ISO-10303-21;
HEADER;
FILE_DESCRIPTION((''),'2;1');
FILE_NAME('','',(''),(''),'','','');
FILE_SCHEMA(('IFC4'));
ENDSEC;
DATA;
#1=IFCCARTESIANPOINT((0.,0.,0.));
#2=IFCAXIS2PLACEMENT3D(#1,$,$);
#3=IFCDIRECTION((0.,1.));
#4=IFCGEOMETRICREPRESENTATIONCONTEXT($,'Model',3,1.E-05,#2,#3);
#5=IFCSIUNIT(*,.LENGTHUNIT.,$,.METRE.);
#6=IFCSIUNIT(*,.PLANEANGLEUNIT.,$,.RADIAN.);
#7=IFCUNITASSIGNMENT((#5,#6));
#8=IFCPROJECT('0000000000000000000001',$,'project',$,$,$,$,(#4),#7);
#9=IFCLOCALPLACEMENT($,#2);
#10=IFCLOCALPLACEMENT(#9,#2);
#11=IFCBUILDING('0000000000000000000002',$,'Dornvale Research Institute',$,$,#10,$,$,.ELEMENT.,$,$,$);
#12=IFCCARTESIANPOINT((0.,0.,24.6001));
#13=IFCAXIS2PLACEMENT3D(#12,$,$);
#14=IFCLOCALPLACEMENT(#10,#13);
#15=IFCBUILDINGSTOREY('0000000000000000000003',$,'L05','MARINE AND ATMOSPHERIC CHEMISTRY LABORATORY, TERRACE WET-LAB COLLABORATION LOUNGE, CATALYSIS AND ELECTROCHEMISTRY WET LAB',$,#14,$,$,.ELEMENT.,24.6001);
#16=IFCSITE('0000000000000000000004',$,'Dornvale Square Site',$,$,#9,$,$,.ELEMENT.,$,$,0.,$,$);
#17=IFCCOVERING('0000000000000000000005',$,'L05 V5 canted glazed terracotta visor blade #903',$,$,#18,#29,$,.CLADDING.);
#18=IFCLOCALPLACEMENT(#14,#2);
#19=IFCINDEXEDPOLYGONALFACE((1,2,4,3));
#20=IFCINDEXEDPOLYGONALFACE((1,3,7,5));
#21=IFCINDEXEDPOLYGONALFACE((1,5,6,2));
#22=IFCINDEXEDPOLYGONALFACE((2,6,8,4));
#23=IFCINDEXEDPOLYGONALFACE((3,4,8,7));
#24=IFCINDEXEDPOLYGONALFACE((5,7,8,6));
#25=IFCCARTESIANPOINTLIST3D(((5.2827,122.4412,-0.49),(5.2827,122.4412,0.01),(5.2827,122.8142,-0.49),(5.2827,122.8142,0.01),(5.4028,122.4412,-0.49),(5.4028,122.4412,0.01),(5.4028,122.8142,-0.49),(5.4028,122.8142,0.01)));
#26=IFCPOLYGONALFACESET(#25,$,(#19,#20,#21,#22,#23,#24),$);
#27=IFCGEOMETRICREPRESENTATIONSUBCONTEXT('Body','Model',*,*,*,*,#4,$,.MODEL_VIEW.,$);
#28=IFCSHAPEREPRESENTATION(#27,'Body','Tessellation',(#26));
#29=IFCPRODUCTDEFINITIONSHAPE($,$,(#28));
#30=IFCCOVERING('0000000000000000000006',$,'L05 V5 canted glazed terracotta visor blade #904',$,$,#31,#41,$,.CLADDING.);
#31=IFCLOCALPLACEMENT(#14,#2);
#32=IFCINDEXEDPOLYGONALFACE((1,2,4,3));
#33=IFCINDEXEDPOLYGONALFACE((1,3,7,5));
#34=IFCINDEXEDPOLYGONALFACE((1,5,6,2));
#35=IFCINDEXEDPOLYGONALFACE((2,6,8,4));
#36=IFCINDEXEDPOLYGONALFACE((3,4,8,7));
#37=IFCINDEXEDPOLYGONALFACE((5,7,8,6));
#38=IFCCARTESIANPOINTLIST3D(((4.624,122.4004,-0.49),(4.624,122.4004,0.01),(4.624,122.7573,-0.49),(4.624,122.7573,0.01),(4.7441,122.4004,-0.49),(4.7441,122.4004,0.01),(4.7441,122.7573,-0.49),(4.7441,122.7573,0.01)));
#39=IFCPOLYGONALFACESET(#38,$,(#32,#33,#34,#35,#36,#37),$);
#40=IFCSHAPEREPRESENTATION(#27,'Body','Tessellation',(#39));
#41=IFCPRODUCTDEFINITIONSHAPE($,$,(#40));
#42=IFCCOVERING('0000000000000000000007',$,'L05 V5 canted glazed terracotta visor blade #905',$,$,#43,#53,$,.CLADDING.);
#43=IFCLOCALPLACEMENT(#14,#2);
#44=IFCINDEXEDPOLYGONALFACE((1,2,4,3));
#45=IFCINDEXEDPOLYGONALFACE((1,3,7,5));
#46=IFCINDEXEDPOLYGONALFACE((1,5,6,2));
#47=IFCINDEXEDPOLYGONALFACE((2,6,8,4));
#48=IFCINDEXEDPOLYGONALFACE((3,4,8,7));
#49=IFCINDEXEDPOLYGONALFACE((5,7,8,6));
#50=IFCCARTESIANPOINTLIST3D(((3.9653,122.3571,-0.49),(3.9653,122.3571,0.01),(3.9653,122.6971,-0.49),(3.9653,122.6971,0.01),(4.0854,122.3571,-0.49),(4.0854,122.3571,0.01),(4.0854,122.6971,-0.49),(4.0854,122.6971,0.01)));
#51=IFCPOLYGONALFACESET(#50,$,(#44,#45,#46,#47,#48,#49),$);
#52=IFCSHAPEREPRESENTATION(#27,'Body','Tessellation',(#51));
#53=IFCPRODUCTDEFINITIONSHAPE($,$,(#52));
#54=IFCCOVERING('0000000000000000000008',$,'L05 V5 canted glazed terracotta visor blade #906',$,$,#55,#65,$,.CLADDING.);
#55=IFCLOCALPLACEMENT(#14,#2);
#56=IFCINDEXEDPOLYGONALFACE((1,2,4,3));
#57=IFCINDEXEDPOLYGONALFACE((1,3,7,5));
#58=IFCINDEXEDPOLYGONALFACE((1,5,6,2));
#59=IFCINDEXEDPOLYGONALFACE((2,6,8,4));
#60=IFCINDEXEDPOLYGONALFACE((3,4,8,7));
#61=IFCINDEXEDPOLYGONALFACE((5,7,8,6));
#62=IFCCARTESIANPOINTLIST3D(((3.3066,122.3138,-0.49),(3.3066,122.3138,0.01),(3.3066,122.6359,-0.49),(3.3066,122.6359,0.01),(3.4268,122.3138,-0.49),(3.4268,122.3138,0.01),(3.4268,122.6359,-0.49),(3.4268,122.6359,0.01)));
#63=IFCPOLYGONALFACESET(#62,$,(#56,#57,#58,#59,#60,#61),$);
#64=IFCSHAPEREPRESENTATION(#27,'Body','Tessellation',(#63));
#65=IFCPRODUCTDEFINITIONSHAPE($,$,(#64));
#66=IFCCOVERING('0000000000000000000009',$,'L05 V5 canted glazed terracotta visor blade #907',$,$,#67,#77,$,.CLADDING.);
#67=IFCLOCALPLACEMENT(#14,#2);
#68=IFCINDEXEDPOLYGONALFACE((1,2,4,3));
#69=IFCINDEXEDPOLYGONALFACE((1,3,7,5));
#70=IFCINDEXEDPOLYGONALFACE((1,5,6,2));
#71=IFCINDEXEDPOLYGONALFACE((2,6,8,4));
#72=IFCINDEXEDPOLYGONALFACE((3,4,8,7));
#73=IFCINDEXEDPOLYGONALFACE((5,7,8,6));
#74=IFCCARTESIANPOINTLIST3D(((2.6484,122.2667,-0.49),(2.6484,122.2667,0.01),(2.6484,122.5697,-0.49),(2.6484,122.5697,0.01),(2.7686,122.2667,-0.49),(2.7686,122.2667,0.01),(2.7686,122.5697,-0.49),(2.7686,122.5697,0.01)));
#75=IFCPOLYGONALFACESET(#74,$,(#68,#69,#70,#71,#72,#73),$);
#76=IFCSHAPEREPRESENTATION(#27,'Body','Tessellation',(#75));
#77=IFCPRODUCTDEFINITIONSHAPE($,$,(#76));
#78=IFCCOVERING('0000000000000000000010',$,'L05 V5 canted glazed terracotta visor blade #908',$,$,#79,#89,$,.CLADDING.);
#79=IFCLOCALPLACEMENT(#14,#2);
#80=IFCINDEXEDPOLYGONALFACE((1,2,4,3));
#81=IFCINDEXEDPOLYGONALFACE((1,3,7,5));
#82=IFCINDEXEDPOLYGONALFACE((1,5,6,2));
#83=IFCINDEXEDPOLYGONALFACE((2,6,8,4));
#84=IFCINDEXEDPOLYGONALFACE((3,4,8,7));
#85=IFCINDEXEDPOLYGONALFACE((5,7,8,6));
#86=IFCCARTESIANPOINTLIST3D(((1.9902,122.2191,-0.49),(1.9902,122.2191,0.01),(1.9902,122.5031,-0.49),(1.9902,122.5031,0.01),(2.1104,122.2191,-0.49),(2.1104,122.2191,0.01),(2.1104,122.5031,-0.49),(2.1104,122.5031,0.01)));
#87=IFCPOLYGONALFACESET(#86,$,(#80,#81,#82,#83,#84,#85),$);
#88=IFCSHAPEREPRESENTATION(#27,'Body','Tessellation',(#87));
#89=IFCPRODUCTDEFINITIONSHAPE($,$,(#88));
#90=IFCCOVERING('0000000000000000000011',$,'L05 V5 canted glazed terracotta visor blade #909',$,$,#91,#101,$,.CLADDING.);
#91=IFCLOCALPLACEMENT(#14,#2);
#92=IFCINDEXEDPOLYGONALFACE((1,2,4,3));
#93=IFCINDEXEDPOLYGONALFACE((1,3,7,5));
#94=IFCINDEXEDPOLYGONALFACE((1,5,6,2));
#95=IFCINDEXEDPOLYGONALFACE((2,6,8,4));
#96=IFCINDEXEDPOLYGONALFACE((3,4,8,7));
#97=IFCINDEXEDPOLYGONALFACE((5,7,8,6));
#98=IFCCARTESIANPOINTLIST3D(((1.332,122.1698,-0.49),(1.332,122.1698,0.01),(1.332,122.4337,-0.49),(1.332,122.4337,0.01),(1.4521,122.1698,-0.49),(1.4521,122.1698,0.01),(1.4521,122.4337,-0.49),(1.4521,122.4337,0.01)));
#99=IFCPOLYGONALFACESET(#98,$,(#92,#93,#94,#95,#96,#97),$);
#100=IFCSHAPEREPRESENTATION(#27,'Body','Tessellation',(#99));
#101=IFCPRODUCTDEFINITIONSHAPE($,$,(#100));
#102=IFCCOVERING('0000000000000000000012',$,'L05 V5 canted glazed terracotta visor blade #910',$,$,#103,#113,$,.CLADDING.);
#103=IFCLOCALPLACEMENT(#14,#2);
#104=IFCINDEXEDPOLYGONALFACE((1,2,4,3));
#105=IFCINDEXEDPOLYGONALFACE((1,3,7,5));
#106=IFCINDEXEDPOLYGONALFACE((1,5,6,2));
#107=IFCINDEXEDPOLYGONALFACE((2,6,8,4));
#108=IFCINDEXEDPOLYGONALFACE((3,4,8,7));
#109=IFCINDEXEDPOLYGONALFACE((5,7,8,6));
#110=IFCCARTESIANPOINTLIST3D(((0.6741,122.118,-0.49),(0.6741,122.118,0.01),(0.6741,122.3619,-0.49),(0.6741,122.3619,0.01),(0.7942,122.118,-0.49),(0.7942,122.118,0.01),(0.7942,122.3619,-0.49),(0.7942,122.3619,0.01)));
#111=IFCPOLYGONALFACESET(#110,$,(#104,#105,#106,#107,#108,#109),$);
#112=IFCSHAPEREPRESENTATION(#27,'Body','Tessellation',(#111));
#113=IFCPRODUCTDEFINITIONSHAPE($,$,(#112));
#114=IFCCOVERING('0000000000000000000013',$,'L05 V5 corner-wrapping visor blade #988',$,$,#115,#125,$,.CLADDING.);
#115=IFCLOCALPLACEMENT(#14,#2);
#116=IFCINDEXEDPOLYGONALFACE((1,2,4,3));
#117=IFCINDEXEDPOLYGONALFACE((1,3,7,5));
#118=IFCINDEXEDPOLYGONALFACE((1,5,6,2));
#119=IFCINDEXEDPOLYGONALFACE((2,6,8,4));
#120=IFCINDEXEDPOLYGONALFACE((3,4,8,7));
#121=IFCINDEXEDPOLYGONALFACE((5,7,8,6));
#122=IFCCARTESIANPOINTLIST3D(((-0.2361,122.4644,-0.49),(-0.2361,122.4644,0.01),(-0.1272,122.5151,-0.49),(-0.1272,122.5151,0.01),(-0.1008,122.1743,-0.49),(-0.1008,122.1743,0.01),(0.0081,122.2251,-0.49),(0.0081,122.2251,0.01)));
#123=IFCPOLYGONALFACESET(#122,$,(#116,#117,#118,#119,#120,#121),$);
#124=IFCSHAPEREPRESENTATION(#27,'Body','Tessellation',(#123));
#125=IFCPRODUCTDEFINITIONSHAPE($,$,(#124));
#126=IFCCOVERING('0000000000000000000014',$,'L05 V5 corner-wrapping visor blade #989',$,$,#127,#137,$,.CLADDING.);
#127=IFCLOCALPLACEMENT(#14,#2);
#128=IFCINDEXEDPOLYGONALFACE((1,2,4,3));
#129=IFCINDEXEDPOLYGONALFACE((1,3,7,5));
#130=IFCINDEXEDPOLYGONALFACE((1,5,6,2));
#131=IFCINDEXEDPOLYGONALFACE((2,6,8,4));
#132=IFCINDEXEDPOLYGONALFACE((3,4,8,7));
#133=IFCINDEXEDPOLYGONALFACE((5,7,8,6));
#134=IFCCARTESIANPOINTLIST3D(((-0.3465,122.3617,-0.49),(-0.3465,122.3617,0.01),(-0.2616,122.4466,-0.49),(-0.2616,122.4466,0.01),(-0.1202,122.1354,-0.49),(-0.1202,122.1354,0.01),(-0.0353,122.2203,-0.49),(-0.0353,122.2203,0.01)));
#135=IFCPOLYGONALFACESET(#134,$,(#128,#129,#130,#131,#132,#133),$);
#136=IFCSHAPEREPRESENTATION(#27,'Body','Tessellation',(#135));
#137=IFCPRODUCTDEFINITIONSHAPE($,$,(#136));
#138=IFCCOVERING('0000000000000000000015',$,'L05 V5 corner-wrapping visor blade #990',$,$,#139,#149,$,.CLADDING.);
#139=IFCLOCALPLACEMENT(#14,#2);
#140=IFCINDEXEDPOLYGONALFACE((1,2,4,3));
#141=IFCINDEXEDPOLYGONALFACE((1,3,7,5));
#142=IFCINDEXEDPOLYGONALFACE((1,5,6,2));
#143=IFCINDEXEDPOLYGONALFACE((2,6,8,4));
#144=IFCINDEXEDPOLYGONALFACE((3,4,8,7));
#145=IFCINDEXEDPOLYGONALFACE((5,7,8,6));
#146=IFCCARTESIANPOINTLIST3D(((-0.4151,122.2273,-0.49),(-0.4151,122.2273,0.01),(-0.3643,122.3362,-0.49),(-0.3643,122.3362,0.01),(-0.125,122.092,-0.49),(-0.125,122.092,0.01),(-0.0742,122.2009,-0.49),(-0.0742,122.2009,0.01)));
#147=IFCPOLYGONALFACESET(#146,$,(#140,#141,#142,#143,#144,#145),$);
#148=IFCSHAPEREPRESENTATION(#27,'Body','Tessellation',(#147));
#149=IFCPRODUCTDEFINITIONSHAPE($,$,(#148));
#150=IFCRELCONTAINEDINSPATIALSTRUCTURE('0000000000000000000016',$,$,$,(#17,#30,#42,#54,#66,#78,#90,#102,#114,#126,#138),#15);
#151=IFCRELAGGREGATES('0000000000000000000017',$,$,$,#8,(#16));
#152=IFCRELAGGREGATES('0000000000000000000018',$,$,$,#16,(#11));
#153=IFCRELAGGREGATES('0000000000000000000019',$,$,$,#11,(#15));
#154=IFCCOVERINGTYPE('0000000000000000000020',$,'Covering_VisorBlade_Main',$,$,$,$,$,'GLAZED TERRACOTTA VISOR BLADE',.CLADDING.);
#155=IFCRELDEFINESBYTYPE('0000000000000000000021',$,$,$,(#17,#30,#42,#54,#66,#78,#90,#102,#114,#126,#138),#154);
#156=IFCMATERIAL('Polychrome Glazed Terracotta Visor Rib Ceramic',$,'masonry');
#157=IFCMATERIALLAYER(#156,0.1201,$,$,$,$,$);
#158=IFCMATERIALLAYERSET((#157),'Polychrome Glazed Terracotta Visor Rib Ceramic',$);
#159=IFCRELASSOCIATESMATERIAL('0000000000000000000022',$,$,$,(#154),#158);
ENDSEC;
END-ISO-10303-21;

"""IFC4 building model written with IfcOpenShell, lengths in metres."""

from ifc_helpers import new_model, si_unit, direction, frame, origin, origin_2d, place, context, subcontext, project, spatial, rectangle, extrude, material, layer, layer_set, type_object, element, save


model = new_model("IFC4")

# Units and contexts
model_context = context("Model", 3, precision=1e-05, world=origin(), true_north=direction((0.0, 1.0)))
body_context = subcontext(model_context, "Body", "Model", "MODEL_VIEW")
ifc_project = project(units=[si_unit("LENGTHUNIT", "METRE"), si_unit("PLANEANGLEUNIT", "RADIAN")], contexts=[model_context])

# Site, building, storey
site_placement = place(None, origin())
site = spatial("IfcSite", under=ifc_project, at=site_placement, Name="Dornvale Square Site", CompositionType="ELEMENT", RefElevation=0.0)
building_placement = place(site_placement, origin())
building = spatial("IfcBuilding", under=site, at=building_placement, Name="Dornvale Research Institute", CompositionType="ELEMENT")
storey_placement = place(building_placement, frame((0.0, 0.0, 24.6001)))
storey = spatial("IfcBuildingStorey", under=building, at=storey_placement, Name="L05", Description="MARINE AND ATMOSPHERIC CHEMISTRY LABORATORY, TERRACE WET-LAB COLLABORATION LOUNGE, CATALYSIS AND ELECTROCHEMISTRY WET LAB", CompositionType="ELEMENT", Elevation=24.6001)

# Coverings
ifc_material_1 = material(Name="Polychrome Glazed Terracotta Visor Rib Ceramic", Category="masonry")
ifc_layer_1 = layer(ifc_material_1, 0.1201)
ifc_layer_set_1 = layer_set([ifc_layer_1], Name="Polychrome Glazed Terracotta Visor Rib Ceramic")
covering_type = type_object("IfcCoveringType", Name="Covering_VisorBlade_Main", ElementType="GLAZED TERRACOTTA VISOR BLADE", PredefinedType="CLADDING", material=ifc_layer_set_1)
covering_1_placement = place(storey_placement, frame((5.3428, 122.6277, -0.49), z_axis=(0.0, 0.0, 1.0), x_axis=(0.0, 1.0, 0.0)))
element("IfcCovering", 1, at=covering_1_placement, inside=storey, type_object=covering_type, Name="L05 V5 canted glazed terracotta visor blade #903", PredefinedType="CLADDING", context=body_context, shape_type="SweptSolid", body=[
    extrude(rectangle(XDim=0.373, YDim=0.1201, at=origin_2d()), origin(), (0.0, 0.0, 1.0), 0.5),
])
covering_2_placement = place(storey_placement, frame((4.6841, 122.5789, -0.49), z_axis=(0.0, 0.0, 1.0), x_axis=(0.0, 1.0, 0.0)))
element("IfcCovering", 2, at=covering_2_placement, inside=storey, type_object=covering_type, Name="L05 V5 canted glazed terracotta visor blade #904", PredefinedType="CLADDING", context=body_context, shape_type="SweptSolid", body=[
    extrude(rectangle(XDim=0.3569, YDim=0.1201, at=origin_2d()), origin(), (0.0, 0.0, 1.0), 0.5),
])
covering_3_placement = place(storey_placement, frame((4.0254, 122.5271, -0.49), z_axis=(0.0, 0.0, 1.0), x_axis=(0.0, 1.0, 0.0)))
element("IfcCovering", 3, at=covering_3_placement, inside=storey, type_object=covering_type, Name="L05 V5 canted glazed terracotta visor blade #905", PredefinedType="CLADDING", context=body_context, shape_type="SweptSolid", body=[
    extrude(rectangle(XDim=0.3401, YDim=0.1201, at=origin_2d()), origin(), (0.0, 0.0, 1.0), 0.5),
])
covering_4_placement = place(storey_placement, frame((3.3667, 122.4749, -0.49), z_axis=(0.0, 0.0, 1.0), x_axis=(0.0, 1.0, 0.0)))
element("IfcCovering", 4, at=covering_4_placement, inside=storey, type_object=covering_type, Name="L05 V5 canted glazed terracotta visor blade #906", PredefinedType="CLADDING", context=body_context, shape_type="SweptSolid", body=[
    extrude(rectangle(XDim=0.322, YDim=0.1201, at=origin_2d()), origin(), (0.0, 0.0, 1.0), 0.5),
])
covering_5_placement = place(storey_placement, frame((2.7085, 122.4182, -0.49), z_axis=(0.0, 0.0, 1.0), x_axis=(0.0, 1.0, 0.0)))
element("IfcCovering", 5, at=covering_5_placement, inside=storey, type_object=covering_type, Name="L05 V5 canted glazed terracotta visor blade #907", PredefinedType="CLADDING", context=body_context, shape_type="SweptSolid", body=[
    extrude(rectangle(XDim=0.303, YDim=0.1201, at=origin_2d()), origin(), (0.0, 0.0, 1.0), 0.5),
])
covering_6_placement = place(storey_placement, frame((2.0503, 122.3611, -0.49), z_axis=(0.0, 0.0, 1.0), x_axis=(0.0, 1.0, 0.0)))
element("IfcCovering", 6, at=covering_6_placement, inside=storey, type_object=covering_type, Name="L05 V5 canted glazed terracotta visor blade #908", PredefinedType="CLADDING", context=body_context, shape_type="SweptSolid", body=[
    extrude(rectangle(XDim=0.2839, YDim=0.1201, at=origin_2d()), origin(), (0.0, 0.0, 1.0), 0.5),
])
covering_7_placement = place(storey_placement, frame((1.3921, 122.3018, -0.49), z_axis=(0.0, 0.0, 1.0), x_axis=(0.0, 1.0, 0.0)))
element("IfcCovering", 7, at=covering_7_placement, inside=storey, type_object=covering_type, Name="L05 V5 canted glazed terracotta visor blade #909", PredefinedType="CLADDING", context=body_context, shape_type="SweptSolid", body=[
    extrude(rectangle(XDim=0.2639, YDim=0.1201, at=origin_2d()), origin(), (0.0, 0.0, 1.0), 0.5),
])
covering_8_placement = place(storey_placement, frame((0.7341, 122.24, -0.49), z_axis=(0.0, 0.0, 1.0), x_axis=(0.0, 1.0, 0.0)))
element("IfcCovering", 8, at=covering_8_placement, inside=storey, type_object=covering_type, Name="L05 V5 canted glazed terracotta visor blade #910", PredefinedType="CLADDING", context=body_context, shape_type="SweptSolid", body=[
    extrude(rectangle(XDim=0.2439, YDim=0.1201, at=origin_2d()), origin(), (0.0, 0.0, 1.0), 0.5),
])
for number, where, z_axis, x_axis, name in (
    (9, (-0.114, 122.3447, -0.49), (0.0, 0.0, 1.0), (-0.422618, 0.906308, 0.0), "L05 V5 corner-wrapping visor blade #988"),
    (10, (-0.1909, 122.291, -0.49), (0.0, 0.0, 1.0), (-0.707107, 0.707107, 0.0), "L05 V5 corner-wrapping visor blade #989"),
    (11, (-0.2446, 122.2141, -0.49), (0.0, 0.0, 1.0), (-0.906308, 0.422618, 0.0), "L05 V5 corner-wrapping visor blade #990"),
):
    element("IfcCovering", number, at=place(storey_placement, frame(where, z_axis=z_axis, x_axis=x_axis)), inside=storey, type_object=covering_type, Name=name, PredefinedType="CLADDING", context=body_context, shape_type="SweptSolid", body=[
        extrude(rectangle(XDim=0.3201, YDim=0.1201, at=origin_2d()), origin(), (0.0, 0.0, 1.0), 0.5),
    ])

save(model, "model.ifc")
